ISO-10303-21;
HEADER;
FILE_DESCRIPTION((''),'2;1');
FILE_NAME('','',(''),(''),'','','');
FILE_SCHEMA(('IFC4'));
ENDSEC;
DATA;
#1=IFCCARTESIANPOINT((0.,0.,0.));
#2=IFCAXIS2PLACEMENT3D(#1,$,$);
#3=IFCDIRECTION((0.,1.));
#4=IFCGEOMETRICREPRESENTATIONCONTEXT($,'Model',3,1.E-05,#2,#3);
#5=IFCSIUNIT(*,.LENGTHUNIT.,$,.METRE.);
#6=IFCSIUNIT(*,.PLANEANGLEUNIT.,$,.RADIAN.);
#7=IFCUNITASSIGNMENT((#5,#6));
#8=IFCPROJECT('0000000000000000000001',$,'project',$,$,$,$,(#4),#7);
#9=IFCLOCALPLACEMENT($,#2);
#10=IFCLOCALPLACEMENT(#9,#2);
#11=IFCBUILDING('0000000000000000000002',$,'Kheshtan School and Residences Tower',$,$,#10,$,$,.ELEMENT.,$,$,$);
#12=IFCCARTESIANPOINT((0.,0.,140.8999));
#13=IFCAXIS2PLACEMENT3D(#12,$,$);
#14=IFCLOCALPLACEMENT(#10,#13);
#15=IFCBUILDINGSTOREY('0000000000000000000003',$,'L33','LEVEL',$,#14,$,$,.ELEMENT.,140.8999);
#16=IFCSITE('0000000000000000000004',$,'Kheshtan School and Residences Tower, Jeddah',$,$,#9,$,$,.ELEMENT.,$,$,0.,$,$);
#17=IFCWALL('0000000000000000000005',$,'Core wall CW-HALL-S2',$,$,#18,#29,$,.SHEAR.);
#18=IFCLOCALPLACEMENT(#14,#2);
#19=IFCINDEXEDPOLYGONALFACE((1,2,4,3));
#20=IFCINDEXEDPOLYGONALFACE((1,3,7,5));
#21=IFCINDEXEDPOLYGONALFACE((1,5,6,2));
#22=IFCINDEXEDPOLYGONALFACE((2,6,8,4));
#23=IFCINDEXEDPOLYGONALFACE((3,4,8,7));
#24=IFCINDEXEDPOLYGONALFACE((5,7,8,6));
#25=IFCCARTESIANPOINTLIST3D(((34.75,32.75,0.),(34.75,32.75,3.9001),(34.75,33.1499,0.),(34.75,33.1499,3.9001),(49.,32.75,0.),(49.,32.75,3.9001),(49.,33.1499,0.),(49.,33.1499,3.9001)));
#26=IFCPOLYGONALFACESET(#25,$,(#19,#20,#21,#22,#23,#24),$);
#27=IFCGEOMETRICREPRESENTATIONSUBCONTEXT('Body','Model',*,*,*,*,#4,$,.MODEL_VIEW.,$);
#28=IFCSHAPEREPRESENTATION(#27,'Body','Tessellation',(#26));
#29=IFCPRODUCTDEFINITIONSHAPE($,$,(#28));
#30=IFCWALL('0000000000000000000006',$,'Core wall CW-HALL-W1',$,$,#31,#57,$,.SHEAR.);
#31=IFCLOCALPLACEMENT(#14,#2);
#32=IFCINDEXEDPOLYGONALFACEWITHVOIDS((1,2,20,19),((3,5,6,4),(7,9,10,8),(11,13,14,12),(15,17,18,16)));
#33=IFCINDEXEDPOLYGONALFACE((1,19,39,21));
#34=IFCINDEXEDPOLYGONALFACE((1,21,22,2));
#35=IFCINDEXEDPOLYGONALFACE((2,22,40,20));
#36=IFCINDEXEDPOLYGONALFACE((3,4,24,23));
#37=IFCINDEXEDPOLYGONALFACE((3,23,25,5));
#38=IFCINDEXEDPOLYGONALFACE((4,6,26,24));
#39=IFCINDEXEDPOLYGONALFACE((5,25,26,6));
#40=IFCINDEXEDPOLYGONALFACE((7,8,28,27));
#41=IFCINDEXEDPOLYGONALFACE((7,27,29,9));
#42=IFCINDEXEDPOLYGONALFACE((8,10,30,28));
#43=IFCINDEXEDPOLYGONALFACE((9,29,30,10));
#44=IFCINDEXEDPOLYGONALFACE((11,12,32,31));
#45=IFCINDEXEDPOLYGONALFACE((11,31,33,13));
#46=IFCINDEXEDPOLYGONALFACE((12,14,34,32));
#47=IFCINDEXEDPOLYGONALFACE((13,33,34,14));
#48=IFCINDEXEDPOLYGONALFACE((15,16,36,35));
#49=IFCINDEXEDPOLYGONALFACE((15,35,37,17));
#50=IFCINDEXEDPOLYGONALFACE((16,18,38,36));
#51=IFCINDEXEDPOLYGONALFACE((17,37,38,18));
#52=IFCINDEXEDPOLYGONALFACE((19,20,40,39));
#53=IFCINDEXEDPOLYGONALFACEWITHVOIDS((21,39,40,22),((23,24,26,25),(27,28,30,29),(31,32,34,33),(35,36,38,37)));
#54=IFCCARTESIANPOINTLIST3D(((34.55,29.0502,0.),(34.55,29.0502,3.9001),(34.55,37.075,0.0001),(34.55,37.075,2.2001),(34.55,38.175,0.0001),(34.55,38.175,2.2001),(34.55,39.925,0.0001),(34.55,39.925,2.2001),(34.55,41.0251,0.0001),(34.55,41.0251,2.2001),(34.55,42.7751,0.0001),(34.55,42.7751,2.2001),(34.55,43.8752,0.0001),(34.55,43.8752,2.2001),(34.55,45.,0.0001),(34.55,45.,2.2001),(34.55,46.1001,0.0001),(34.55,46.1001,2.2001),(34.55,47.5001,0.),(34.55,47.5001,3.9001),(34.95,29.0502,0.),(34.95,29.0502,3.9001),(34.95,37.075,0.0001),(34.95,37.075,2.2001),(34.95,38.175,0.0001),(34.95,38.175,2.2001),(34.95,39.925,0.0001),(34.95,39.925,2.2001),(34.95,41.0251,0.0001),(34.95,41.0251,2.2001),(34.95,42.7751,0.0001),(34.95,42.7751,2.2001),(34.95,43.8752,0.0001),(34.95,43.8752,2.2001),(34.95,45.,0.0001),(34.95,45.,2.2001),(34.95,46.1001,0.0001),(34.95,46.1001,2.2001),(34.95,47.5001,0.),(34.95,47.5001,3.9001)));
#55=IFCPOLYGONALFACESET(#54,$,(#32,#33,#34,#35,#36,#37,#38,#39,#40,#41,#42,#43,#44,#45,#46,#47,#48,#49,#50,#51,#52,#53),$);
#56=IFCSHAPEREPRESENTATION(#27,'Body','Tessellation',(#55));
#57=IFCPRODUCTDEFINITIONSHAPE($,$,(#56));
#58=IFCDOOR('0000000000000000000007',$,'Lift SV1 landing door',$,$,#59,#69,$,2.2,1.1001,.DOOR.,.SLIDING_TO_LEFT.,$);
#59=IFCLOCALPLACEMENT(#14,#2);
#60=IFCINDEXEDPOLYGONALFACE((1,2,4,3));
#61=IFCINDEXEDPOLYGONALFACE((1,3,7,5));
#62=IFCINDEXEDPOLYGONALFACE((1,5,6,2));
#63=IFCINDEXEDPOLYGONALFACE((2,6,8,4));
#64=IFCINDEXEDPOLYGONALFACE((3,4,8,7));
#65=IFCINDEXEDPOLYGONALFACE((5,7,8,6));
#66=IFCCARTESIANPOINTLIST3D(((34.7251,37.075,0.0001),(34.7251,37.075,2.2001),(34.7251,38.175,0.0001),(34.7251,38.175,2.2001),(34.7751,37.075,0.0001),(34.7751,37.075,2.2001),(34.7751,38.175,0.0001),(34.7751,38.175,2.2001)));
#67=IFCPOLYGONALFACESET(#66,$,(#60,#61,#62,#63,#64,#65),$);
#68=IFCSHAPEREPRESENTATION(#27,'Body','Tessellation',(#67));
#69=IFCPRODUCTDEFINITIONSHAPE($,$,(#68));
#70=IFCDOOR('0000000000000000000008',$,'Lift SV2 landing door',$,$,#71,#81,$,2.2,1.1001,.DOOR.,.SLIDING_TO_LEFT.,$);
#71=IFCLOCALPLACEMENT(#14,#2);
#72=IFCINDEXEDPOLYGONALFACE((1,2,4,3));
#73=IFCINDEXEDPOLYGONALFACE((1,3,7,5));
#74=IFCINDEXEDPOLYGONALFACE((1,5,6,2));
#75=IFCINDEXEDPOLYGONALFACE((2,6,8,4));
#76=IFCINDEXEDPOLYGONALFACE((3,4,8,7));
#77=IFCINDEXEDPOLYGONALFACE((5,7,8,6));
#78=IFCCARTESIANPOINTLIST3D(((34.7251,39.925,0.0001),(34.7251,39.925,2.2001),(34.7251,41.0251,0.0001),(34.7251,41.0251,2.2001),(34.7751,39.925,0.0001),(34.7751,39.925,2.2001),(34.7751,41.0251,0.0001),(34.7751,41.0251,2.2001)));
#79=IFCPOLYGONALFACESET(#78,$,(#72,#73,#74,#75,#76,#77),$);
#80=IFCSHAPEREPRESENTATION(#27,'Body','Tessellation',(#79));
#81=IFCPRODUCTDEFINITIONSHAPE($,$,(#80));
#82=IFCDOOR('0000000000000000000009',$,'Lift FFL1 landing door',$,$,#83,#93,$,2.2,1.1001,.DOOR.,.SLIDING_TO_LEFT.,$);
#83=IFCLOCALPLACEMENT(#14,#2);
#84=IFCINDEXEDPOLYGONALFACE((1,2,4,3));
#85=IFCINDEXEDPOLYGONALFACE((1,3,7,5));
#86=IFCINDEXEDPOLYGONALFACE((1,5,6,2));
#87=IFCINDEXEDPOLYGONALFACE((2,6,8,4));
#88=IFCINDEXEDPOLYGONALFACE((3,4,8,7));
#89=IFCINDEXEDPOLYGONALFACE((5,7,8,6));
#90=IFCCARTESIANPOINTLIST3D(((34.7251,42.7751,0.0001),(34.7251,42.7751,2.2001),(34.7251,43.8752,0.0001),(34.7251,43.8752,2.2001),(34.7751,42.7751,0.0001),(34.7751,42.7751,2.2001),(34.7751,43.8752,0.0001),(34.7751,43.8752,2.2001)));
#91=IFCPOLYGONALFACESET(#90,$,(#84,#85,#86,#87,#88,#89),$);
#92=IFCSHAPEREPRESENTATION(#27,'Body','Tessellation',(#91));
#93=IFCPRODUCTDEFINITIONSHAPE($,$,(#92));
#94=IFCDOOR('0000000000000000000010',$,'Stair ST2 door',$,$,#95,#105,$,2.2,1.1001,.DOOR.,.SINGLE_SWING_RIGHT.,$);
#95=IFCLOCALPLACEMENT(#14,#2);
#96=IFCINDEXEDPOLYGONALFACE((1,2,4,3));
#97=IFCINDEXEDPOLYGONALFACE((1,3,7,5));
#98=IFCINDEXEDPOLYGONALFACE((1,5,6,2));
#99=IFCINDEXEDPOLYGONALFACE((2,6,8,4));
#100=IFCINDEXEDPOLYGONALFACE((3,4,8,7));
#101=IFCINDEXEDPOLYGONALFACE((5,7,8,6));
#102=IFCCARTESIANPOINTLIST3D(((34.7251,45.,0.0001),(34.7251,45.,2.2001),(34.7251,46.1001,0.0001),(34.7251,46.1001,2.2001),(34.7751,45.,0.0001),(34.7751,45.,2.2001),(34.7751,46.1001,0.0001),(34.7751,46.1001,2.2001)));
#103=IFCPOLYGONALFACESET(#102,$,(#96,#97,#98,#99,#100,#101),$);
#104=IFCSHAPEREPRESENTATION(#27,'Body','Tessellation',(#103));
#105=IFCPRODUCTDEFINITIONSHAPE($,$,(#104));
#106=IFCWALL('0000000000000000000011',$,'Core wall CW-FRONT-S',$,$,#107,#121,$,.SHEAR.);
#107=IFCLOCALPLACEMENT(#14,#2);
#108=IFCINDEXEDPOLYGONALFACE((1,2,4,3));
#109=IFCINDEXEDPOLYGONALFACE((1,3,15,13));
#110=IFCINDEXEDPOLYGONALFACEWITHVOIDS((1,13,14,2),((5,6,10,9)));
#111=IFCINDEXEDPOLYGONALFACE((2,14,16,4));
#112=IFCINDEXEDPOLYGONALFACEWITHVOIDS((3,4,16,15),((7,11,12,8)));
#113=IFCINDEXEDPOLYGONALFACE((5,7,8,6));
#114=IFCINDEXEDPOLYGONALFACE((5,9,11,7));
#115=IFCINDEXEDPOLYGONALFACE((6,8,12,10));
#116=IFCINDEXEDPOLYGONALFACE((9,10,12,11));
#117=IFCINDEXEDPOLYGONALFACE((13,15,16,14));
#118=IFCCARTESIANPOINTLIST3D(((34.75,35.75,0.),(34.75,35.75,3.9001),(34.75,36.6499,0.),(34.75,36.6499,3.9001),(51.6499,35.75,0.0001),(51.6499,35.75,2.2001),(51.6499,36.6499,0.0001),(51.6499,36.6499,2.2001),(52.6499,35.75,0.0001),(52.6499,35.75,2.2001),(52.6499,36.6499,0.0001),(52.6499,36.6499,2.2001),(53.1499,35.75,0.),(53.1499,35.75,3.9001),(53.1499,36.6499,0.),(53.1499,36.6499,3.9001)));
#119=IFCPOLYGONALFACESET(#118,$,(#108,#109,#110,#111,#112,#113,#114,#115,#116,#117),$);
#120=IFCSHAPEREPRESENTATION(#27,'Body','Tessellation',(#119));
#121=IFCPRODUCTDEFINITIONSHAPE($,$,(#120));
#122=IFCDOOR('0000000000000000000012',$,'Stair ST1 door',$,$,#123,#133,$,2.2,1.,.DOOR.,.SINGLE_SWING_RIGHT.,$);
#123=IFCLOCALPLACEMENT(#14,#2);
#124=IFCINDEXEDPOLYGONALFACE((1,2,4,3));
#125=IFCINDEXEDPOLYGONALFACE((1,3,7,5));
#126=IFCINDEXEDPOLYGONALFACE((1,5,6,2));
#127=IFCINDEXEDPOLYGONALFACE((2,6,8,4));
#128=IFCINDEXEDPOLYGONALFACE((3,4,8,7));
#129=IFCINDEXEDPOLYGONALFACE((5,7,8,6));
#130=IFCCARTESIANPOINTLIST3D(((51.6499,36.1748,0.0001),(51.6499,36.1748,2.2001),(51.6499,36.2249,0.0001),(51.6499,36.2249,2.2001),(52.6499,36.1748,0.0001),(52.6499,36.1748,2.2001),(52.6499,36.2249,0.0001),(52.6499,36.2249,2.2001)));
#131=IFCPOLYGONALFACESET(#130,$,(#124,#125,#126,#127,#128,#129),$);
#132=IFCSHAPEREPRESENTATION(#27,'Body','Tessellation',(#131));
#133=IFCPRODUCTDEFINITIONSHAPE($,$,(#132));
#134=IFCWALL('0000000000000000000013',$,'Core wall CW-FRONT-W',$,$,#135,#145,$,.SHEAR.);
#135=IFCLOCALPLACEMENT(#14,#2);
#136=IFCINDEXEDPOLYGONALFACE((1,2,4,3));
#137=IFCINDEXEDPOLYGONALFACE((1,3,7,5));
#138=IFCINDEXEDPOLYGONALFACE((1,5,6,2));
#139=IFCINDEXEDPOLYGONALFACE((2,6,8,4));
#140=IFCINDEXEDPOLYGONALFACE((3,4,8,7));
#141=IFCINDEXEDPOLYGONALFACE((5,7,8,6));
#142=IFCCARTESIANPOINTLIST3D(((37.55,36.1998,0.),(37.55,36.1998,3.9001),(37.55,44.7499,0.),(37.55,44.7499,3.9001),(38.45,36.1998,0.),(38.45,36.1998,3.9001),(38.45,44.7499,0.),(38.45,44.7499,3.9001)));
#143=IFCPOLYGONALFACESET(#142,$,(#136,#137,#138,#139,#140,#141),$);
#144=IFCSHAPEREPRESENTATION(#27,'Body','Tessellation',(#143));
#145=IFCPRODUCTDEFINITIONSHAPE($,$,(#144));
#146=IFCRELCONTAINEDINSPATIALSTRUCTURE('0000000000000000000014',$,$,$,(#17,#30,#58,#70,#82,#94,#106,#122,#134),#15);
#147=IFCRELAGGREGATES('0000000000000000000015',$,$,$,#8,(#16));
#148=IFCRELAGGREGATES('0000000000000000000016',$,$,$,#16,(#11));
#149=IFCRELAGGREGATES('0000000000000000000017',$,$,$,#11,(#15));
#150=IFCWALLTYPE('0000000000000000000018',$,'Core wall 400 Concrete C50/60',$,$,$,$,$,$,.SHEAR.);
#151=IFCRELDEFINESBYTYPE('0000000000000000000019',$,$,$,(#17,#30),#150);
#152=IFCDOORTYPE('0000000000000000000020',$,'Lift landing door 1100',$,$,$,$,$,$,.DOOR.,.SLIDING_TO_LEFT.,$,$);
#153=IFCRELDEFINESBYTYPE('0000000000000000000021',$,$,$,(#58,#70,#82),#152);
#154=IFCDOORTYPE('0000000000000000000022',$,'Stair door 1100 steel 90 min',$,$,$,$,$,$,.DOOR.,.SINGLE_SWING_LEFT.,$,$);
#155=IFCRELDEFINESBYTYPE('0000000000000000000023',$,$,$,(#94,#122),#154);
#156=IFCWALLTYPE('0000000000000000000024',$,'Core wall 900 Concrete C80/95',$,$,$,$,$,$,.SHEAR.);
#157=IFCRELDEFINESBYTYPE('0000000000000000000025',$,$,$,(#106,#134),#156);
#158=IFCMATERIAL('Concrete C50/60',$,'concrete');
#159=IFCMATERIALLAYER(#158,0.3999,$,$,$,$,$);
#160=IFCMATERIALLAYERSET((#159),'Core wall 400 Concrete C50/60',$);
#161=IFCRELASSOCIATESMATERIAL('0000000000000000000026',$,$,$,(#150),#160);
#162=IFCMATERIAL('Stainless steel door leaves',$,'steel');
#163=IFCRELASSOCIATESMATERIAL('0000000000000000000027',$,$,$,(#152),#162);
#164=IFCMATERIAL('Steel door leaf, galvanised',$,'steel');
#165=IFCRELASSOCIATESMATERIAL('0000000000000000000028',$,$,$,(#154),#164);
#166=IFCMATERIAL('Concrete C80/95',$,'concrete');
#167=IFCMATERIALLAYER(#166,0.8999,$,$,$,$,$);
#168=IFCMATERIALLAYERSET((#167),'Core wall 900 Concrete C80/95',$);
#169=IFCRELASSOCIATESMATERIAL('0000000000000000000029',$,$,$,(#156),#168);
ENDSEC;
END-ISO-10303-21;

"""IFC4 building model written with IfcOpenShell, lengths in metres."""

from ifc_helpers import new_model, si_unit, direction, frame, frame_2d, origin, place, context, subcontext, project, spatial, rectangle, extrude, source, transform, mapped, material, layer, layer_set, type_object, element, fill, save


model = new_model("IFC4")

# Units and contexts
model_context = context("Model", 3, precision=1e-05, world=origin(), true_north=direction((0.0, 1.0)))
body_context = subcontext(model_context, "Body", "Model", "MODEL_VIEW")
ifc_project = project(units=[si_unit("LENGTHUNIT", "METRE"), si_unit("PLANEANGLEUNIT", "RADIAN")], contexts=[model_context])

# Site, building, storey
site_placement = place(None, origin())
site = spatial("IfcSite", under=ifc_project, at=site_placement, Name="Kheshtan School and Residences Tower, Jeddah", CompositionType="ELEMENT", RefElevation=0.0)
building_placement = place(site_placement, origin())
building = spatial("IfcBuilding", under=site, at=building_placement, Name="Kheshtan School and Residences Tower", CompositionType="ELEMENT")
storey_placement = place(building_placement, frame((0.0, 0.0, 140.8999)))
storey = spatial("IfcBuildingStorey", under=building, at=storey_placement, Name="L33", Description="LEVEL", CompositionType="ELEMENT", Elevation=140.8999)

# Wall
ifc_material_1 = material(Name="Concrete C50/60", Category="concrete")
ifc_layer_1 = layer(ifc_material_1, 0.3999)
ifc_layer_set_1 = layer_set([ifc_layer_1], Name="Core wall 400 Concrete C50/60")
wall_type_1 = type_object("IfcWallType", Name="Core wall 400 Concrete C50/60", PredefinedType="SHEAR", material=ifc_layer_set_1)
wall_1_placement = place(storey_placement, frame((34.75, 32.95, 0.0), z_axis=(0.0, 0.0, 1.0), x_axis=(1.0, 0.0, 0.0)))
element("IfcWall", 1, at=wall_1_placement, inside=storey, type_object=wall_type_1, Name="Core wall CW-HALL-S2", PredefinedType="SHEAR", context=body_context, shape_type="SweptSolid", body=[
    extrude(rectangle(XDim=14.25, YDim=0.3999, at=frame_2d((7.125, 0.0))), origin(), (0.0, 0.0, 1.0), 3.9001),
])

# Wall, openings, doors
wall_2_placement = place(storey_placement, frame((34.75, 29.05, 0.0), z_axis=(0.0, 0.0, 1.0), x_axis=(0.0, 1.0, 0.0)))
wall_2 = element("IfcWall", 2, at=wall_2_placement, inside=storey, type_object=wall_type_1, Name="Core wall CW-HALL-W1", PredefinedType="SHEAR", context=body_context, shape_type="SweptSolid", body=[
    extrude(rectangle(XDim=18.45, YDim=0.3999, at=frame_2d((9.2251, 0.0))), origin(), (0.0, 0.0, 1.0), 3.9001),
])
opening_1_placement = place(wall_2_placement, frame((8.0249, 0.0, 0.0)))
opening_1 = element("IfcOpeningElement", 3, at=opening_1_placement, cuts=wall_2, PredefinedType="OPENING", context=body_context, shape_type="SweptSolid", body=[
    extrude(rectangle(XDim=1.1001, YDim=2.2, at=frame_2d((0.55, 1.1001))), frame((0.0, 0.21, 0.0), z_axis=(0.0, -1.0, 0.0), x_axis=(1.0, 0.0, 0.0)), (0.0, 0.0, 1.0), 0.4199),
])
opening_2_placement = place(wall_2_placement, frame((10.875, 0.0, 0.0)))
opening_2 = element("IfcOpeningElement", 4, at=opening_2_placement, cuts=wall_2, PredefinedType="OPENING", context=body_context, shape_type="SweptSolid", body=[
    extrude(rectangle(XDim=1.1001, YDim=2.2, at=frame_2d((0.55, 1.1001))), frame((0.0, 0.21, 0.0), z_axis=(0.0, -1.0, 0.0), x_axis=(1.0, 0.0, 0.0)), (0.0, 0.0, 1.0), 0.4199),
])
opening_3_placement = place(wall_2_placement, frame((13.7251, 0.0, 0.0)))
opening_3 = element("IfcOpeningElement", 5, at=opening_3_placement, cuts=wall_2, PredefinedType="OPENING", context=body_context, shape_type="SweptSolid", body=[
    extrude(rectangle(XDim=1.1001, YDim=2.2, at=frame_2d((0.55, 1.1001))), frame((0.0, 0.21, 0.0), z_axis=(0.0, -1.0, 0.0), x_axis=(1.0, 0.0, 0.0)), (0.0, 0.0, 1.0), 0.4199),
])
opening_4_placement = place(wall_2_placement, frame((15.95, 0.0, 0.0)))
opening_4 = element("IfcOpeningElement", 6, at=opening_4_placement, cuts=wall_2, PredefinedType="OPENING", context=body_context, shape_type="SweptSolid", body=[
    extrude(rectangle(XDim=1.1001, YDim=2.2, at=frame_2d((0.55, 1.1001))), frame((0.0, 0.21, 0.0), z_axis=(0.0, -1.0, 0.0), x_axis=(1.0, 0.0, 0.0)), (0.0, 0.0, 1.0), 0.4199),
])
ifc_material_2 = material(Name="Stainless steel door leaves", Category="steel")
door_type_1 = type_object("IfcDoorType", Name="Lift landing door 1100", OperationType="SLIDING_TO_LEFT", PredefinedType="DOOR", material=ifc_material_2)
shared_shape_1 = source(origin(), body_context, "Body", "SweptSolid", [
    extrude(rectangle(XDim=1.1001, YDim=2.2, at=frame_2d((0.55, 1.1001))), frame((0.0, 0.0249, 0.0), z_axis=(0.0, -1.0, 0.0), x_axis=(1.0, 0.0, 0.0)), (0.0, 0.0, 1.0), 0.05),
])
door_1_placement = place(opening_1_placement, origin())
door_1 = element("IfcDoor", 7, at=door_1_placement, inside=storey, type_object=door_type_1, Name="Lift SV1 landing door", OperationType="SLIDING_TO_LEFT", OverallHeight=2.2, OverallWidth=1.1001, PredefinedType="DOOR", context=body_context, shape_type="MappedRepresentation", body=[
    mapped(shared_shape_1, transform((0.0, 0.0, 0.0), x_axis=(1.0, 0.0, 0.0), y_axis=(0.0, 1.0, 0.0), z_axis=(0.0, 0.0, 1.0), scale=1.0)),
])
fill(opening_1, door_1)
door_2_placement = place(opening_2_placement, origin())
door_2 = element("IfcDoor", 8, at=door_2_placement, inside=storey, type_object=door_type_1, Name="Lift SV2 landing door", OperationType="SLIDING_TO_LEFT", OverallHeight=2.2, OverallWidth=1.1001, PredefinedType="DOOR", context=body_context, shape_type="MappedRepresentation", body=[
    mapped(shared_shape_1, transform((0.0, 0.0, 0.0), x_axis=(1.0, 0.0, 0.0), y_axis=(0.0, 1.0, 0.0), z_axis=(0.0, 0.0, 1.0), scale=1.0)),
])
fill(opening_2, door_2)
door_3_placement = place(opening_3_placement, origin())
door_3 = element("IfcDoor", 9, at=door_3_placement, inside=storey, type_object=door_type_1, Name="Lift FFL1 landing door", OperationType="SLIDING_TO_LEFT", OverallHeight=2.2, OverallWidth=1.1001, PredefinedType="DOOR", context=body_context, shape_type="MappedRepresentation", body=[
    mapped(shared_shape_1, transform((0.0, 0.0, 0.0), x_axis=(1.0, 0.0, 0.0), y_axis=(0.0, 1.0, 0.0), z_axis=(0.0, 0.0, 1.0), scale=1.0)),
])
fill(opening_3, door_3)
ifc_material_3 = material(Name="Steel door leaf, galvanised", Category="steel")
door_type_2 = type_object("IfcDoorType", Name="Stair door 1100 steel 90 min", OperationType="SINGLE_SWING_LEFT", PredefinedType="DOOR", material=ifc_material_3)
shared_shape_2 = source(origin(), body_context, "Body", "SweptSolid", [
    extrude(rectangle(XDim=1.1001, YDim=2.2, at=frame_2d((0.55, 1.1001))), frame((0.0, 0.0249, 0.0), z_axis=(0.0, -1.0, 0.0), x_axis=(1.0, 0.0, 0.0)), (0.0, 0.0, 1.0), 0.05),
])
door_4_placement = place(opening_4_placement, origin())
door_4 = element("IfcDoor", 10, at=door_4_placement, inside=storey, type_object=door_type_2, Name="Stair ST2 door", OperationType="SINGLE_SWING_RIGHT", OverallHeight=2.2, OverallWidth=1.1001, PredefinedType="DOOR", context=body_context, shape_type="MappedRepresentation", body=[
    mapped(shared_shape_2, transform((0.0, 0.0, 0.0), x_axis=(1.0, 0.0, 0.0), y_axis=(0.0, 1.0, 0.0), z_axis=(0.0, 0.0, 1.0), scale=1.0)),
])
fill(opening_4, door_4)

# Wall, opening, door
ifc_material_4 = material(Name="Concrete C80/95", Category="concrete")
ifc_layer_2 = layer(ifc_material_4, 0.8999)
ifc_layer_set_2 = layer_set([ifc_layer_2], Name="Core wall 900 Concrete C80/95")
wall_type_2 = type_object("IfcWallType", Name="Core wall 900 Concrete C80/95", PredefinedType="SHEAR", material=ifc_layer_set_2)
wall_3_placement = place(storey_placement, frame((34.75, 36.2, 0.0), z_axis=(0.0, 0.0, 1.0), x_axis=(1.0, 0.0, 0.0)))
wall_3 = element("IfcWall", 11, at=wall_3_placement, inside=storey, type_object=wall_type_2, Name="Core wall CW-FRONT-S", PredefinedType="SHEAR", context=body_context, shape_type="SweptSolid", body=[
    extrude(rectangle(XDim=18.3999, YDim=0.8999, at=frame_2d((9.2, 0.0))), origin(), (0.0, 0.0, 1.0), 3.9001),
])
opening_5_placement = place(wall_3_placement, frame((16.8999, 0.0, 0.0)))
opening_5 = element("IfcOpeningElement", 12, at=opening_5_placement, cuts=wall_3, PredefinedType="OPENING", context=body_context, shape_type="SweptSolid", body=[
    extrude(rectangle(XDim=1.0, YDim=2.2, at=frame_2d((0.5, 1.1001))), frame((0.0, 0.46, 0.0), z_axis=(0.0, -1.0, 0.0), x_axis=(1.0, 0.0, 0.0)), (0.0, 0.0, 1.0), 0.9199),
])
shared_shape_3 = source(origin(), body_context, "Body", "SweptSolid", [
    extrude(rectangle(XDim=1.0, YDim=2.2, at=frame_2d((0.5, 1.1001))), frame((0.0, 0.0249, 0.0), z_axis=(0.0, -1.0, 0.0), x_axis=(1.0, 0.0, 0.0)), (0.0, 0.0, 1.0), 0.05),
])
door_5_placement = place(opening_5_placement, origin())
door_5 = element("IfcDoor", 13, at=door_5_placement, inside=storey, type_object=door_type_2, Name="Stair ST1 door", OperationType="SINGLE_SWING_RIGHT", OverallHeight=2.2, OverallWidth=1.0, PredefinedType="DOOR", context=body_context, shape_type="MappedRepresentation", body=[
    mapped(shared_shape_3, transform((0.0, 0.0, 0.0), x_axis=(1.0, 0.0, 0.0), y_axis=(0.0, 1.0, 0.0), z_axis=(0.0, 0.0, 1.0), scale=1.0)),
])
fill(opening_5, door_5)

# Wall
wall_4_placement = place(storey_placement, frame((38.0, 36.2, 0.0), z_axis=(0.0, 0.0, 1.0), x_axis=(0.0, 1.0, 0.0)))
element("IfcWall", 14, at=wall_4_placement, inside=storey, type_object=wall_type_2, Name="Core wall CW-FRONT-W", PredefinedType="SHEAR", context=body_context, shape_type="SweptSolid", body=[
    extrude(rectangle(XDim=8.55, YDim=0.8999, at=frame_2d((4.2749, 0.0))), origin(), (0.0, 0.0, 1.0), 3.9001),
])

save(model, "model.ifc")
